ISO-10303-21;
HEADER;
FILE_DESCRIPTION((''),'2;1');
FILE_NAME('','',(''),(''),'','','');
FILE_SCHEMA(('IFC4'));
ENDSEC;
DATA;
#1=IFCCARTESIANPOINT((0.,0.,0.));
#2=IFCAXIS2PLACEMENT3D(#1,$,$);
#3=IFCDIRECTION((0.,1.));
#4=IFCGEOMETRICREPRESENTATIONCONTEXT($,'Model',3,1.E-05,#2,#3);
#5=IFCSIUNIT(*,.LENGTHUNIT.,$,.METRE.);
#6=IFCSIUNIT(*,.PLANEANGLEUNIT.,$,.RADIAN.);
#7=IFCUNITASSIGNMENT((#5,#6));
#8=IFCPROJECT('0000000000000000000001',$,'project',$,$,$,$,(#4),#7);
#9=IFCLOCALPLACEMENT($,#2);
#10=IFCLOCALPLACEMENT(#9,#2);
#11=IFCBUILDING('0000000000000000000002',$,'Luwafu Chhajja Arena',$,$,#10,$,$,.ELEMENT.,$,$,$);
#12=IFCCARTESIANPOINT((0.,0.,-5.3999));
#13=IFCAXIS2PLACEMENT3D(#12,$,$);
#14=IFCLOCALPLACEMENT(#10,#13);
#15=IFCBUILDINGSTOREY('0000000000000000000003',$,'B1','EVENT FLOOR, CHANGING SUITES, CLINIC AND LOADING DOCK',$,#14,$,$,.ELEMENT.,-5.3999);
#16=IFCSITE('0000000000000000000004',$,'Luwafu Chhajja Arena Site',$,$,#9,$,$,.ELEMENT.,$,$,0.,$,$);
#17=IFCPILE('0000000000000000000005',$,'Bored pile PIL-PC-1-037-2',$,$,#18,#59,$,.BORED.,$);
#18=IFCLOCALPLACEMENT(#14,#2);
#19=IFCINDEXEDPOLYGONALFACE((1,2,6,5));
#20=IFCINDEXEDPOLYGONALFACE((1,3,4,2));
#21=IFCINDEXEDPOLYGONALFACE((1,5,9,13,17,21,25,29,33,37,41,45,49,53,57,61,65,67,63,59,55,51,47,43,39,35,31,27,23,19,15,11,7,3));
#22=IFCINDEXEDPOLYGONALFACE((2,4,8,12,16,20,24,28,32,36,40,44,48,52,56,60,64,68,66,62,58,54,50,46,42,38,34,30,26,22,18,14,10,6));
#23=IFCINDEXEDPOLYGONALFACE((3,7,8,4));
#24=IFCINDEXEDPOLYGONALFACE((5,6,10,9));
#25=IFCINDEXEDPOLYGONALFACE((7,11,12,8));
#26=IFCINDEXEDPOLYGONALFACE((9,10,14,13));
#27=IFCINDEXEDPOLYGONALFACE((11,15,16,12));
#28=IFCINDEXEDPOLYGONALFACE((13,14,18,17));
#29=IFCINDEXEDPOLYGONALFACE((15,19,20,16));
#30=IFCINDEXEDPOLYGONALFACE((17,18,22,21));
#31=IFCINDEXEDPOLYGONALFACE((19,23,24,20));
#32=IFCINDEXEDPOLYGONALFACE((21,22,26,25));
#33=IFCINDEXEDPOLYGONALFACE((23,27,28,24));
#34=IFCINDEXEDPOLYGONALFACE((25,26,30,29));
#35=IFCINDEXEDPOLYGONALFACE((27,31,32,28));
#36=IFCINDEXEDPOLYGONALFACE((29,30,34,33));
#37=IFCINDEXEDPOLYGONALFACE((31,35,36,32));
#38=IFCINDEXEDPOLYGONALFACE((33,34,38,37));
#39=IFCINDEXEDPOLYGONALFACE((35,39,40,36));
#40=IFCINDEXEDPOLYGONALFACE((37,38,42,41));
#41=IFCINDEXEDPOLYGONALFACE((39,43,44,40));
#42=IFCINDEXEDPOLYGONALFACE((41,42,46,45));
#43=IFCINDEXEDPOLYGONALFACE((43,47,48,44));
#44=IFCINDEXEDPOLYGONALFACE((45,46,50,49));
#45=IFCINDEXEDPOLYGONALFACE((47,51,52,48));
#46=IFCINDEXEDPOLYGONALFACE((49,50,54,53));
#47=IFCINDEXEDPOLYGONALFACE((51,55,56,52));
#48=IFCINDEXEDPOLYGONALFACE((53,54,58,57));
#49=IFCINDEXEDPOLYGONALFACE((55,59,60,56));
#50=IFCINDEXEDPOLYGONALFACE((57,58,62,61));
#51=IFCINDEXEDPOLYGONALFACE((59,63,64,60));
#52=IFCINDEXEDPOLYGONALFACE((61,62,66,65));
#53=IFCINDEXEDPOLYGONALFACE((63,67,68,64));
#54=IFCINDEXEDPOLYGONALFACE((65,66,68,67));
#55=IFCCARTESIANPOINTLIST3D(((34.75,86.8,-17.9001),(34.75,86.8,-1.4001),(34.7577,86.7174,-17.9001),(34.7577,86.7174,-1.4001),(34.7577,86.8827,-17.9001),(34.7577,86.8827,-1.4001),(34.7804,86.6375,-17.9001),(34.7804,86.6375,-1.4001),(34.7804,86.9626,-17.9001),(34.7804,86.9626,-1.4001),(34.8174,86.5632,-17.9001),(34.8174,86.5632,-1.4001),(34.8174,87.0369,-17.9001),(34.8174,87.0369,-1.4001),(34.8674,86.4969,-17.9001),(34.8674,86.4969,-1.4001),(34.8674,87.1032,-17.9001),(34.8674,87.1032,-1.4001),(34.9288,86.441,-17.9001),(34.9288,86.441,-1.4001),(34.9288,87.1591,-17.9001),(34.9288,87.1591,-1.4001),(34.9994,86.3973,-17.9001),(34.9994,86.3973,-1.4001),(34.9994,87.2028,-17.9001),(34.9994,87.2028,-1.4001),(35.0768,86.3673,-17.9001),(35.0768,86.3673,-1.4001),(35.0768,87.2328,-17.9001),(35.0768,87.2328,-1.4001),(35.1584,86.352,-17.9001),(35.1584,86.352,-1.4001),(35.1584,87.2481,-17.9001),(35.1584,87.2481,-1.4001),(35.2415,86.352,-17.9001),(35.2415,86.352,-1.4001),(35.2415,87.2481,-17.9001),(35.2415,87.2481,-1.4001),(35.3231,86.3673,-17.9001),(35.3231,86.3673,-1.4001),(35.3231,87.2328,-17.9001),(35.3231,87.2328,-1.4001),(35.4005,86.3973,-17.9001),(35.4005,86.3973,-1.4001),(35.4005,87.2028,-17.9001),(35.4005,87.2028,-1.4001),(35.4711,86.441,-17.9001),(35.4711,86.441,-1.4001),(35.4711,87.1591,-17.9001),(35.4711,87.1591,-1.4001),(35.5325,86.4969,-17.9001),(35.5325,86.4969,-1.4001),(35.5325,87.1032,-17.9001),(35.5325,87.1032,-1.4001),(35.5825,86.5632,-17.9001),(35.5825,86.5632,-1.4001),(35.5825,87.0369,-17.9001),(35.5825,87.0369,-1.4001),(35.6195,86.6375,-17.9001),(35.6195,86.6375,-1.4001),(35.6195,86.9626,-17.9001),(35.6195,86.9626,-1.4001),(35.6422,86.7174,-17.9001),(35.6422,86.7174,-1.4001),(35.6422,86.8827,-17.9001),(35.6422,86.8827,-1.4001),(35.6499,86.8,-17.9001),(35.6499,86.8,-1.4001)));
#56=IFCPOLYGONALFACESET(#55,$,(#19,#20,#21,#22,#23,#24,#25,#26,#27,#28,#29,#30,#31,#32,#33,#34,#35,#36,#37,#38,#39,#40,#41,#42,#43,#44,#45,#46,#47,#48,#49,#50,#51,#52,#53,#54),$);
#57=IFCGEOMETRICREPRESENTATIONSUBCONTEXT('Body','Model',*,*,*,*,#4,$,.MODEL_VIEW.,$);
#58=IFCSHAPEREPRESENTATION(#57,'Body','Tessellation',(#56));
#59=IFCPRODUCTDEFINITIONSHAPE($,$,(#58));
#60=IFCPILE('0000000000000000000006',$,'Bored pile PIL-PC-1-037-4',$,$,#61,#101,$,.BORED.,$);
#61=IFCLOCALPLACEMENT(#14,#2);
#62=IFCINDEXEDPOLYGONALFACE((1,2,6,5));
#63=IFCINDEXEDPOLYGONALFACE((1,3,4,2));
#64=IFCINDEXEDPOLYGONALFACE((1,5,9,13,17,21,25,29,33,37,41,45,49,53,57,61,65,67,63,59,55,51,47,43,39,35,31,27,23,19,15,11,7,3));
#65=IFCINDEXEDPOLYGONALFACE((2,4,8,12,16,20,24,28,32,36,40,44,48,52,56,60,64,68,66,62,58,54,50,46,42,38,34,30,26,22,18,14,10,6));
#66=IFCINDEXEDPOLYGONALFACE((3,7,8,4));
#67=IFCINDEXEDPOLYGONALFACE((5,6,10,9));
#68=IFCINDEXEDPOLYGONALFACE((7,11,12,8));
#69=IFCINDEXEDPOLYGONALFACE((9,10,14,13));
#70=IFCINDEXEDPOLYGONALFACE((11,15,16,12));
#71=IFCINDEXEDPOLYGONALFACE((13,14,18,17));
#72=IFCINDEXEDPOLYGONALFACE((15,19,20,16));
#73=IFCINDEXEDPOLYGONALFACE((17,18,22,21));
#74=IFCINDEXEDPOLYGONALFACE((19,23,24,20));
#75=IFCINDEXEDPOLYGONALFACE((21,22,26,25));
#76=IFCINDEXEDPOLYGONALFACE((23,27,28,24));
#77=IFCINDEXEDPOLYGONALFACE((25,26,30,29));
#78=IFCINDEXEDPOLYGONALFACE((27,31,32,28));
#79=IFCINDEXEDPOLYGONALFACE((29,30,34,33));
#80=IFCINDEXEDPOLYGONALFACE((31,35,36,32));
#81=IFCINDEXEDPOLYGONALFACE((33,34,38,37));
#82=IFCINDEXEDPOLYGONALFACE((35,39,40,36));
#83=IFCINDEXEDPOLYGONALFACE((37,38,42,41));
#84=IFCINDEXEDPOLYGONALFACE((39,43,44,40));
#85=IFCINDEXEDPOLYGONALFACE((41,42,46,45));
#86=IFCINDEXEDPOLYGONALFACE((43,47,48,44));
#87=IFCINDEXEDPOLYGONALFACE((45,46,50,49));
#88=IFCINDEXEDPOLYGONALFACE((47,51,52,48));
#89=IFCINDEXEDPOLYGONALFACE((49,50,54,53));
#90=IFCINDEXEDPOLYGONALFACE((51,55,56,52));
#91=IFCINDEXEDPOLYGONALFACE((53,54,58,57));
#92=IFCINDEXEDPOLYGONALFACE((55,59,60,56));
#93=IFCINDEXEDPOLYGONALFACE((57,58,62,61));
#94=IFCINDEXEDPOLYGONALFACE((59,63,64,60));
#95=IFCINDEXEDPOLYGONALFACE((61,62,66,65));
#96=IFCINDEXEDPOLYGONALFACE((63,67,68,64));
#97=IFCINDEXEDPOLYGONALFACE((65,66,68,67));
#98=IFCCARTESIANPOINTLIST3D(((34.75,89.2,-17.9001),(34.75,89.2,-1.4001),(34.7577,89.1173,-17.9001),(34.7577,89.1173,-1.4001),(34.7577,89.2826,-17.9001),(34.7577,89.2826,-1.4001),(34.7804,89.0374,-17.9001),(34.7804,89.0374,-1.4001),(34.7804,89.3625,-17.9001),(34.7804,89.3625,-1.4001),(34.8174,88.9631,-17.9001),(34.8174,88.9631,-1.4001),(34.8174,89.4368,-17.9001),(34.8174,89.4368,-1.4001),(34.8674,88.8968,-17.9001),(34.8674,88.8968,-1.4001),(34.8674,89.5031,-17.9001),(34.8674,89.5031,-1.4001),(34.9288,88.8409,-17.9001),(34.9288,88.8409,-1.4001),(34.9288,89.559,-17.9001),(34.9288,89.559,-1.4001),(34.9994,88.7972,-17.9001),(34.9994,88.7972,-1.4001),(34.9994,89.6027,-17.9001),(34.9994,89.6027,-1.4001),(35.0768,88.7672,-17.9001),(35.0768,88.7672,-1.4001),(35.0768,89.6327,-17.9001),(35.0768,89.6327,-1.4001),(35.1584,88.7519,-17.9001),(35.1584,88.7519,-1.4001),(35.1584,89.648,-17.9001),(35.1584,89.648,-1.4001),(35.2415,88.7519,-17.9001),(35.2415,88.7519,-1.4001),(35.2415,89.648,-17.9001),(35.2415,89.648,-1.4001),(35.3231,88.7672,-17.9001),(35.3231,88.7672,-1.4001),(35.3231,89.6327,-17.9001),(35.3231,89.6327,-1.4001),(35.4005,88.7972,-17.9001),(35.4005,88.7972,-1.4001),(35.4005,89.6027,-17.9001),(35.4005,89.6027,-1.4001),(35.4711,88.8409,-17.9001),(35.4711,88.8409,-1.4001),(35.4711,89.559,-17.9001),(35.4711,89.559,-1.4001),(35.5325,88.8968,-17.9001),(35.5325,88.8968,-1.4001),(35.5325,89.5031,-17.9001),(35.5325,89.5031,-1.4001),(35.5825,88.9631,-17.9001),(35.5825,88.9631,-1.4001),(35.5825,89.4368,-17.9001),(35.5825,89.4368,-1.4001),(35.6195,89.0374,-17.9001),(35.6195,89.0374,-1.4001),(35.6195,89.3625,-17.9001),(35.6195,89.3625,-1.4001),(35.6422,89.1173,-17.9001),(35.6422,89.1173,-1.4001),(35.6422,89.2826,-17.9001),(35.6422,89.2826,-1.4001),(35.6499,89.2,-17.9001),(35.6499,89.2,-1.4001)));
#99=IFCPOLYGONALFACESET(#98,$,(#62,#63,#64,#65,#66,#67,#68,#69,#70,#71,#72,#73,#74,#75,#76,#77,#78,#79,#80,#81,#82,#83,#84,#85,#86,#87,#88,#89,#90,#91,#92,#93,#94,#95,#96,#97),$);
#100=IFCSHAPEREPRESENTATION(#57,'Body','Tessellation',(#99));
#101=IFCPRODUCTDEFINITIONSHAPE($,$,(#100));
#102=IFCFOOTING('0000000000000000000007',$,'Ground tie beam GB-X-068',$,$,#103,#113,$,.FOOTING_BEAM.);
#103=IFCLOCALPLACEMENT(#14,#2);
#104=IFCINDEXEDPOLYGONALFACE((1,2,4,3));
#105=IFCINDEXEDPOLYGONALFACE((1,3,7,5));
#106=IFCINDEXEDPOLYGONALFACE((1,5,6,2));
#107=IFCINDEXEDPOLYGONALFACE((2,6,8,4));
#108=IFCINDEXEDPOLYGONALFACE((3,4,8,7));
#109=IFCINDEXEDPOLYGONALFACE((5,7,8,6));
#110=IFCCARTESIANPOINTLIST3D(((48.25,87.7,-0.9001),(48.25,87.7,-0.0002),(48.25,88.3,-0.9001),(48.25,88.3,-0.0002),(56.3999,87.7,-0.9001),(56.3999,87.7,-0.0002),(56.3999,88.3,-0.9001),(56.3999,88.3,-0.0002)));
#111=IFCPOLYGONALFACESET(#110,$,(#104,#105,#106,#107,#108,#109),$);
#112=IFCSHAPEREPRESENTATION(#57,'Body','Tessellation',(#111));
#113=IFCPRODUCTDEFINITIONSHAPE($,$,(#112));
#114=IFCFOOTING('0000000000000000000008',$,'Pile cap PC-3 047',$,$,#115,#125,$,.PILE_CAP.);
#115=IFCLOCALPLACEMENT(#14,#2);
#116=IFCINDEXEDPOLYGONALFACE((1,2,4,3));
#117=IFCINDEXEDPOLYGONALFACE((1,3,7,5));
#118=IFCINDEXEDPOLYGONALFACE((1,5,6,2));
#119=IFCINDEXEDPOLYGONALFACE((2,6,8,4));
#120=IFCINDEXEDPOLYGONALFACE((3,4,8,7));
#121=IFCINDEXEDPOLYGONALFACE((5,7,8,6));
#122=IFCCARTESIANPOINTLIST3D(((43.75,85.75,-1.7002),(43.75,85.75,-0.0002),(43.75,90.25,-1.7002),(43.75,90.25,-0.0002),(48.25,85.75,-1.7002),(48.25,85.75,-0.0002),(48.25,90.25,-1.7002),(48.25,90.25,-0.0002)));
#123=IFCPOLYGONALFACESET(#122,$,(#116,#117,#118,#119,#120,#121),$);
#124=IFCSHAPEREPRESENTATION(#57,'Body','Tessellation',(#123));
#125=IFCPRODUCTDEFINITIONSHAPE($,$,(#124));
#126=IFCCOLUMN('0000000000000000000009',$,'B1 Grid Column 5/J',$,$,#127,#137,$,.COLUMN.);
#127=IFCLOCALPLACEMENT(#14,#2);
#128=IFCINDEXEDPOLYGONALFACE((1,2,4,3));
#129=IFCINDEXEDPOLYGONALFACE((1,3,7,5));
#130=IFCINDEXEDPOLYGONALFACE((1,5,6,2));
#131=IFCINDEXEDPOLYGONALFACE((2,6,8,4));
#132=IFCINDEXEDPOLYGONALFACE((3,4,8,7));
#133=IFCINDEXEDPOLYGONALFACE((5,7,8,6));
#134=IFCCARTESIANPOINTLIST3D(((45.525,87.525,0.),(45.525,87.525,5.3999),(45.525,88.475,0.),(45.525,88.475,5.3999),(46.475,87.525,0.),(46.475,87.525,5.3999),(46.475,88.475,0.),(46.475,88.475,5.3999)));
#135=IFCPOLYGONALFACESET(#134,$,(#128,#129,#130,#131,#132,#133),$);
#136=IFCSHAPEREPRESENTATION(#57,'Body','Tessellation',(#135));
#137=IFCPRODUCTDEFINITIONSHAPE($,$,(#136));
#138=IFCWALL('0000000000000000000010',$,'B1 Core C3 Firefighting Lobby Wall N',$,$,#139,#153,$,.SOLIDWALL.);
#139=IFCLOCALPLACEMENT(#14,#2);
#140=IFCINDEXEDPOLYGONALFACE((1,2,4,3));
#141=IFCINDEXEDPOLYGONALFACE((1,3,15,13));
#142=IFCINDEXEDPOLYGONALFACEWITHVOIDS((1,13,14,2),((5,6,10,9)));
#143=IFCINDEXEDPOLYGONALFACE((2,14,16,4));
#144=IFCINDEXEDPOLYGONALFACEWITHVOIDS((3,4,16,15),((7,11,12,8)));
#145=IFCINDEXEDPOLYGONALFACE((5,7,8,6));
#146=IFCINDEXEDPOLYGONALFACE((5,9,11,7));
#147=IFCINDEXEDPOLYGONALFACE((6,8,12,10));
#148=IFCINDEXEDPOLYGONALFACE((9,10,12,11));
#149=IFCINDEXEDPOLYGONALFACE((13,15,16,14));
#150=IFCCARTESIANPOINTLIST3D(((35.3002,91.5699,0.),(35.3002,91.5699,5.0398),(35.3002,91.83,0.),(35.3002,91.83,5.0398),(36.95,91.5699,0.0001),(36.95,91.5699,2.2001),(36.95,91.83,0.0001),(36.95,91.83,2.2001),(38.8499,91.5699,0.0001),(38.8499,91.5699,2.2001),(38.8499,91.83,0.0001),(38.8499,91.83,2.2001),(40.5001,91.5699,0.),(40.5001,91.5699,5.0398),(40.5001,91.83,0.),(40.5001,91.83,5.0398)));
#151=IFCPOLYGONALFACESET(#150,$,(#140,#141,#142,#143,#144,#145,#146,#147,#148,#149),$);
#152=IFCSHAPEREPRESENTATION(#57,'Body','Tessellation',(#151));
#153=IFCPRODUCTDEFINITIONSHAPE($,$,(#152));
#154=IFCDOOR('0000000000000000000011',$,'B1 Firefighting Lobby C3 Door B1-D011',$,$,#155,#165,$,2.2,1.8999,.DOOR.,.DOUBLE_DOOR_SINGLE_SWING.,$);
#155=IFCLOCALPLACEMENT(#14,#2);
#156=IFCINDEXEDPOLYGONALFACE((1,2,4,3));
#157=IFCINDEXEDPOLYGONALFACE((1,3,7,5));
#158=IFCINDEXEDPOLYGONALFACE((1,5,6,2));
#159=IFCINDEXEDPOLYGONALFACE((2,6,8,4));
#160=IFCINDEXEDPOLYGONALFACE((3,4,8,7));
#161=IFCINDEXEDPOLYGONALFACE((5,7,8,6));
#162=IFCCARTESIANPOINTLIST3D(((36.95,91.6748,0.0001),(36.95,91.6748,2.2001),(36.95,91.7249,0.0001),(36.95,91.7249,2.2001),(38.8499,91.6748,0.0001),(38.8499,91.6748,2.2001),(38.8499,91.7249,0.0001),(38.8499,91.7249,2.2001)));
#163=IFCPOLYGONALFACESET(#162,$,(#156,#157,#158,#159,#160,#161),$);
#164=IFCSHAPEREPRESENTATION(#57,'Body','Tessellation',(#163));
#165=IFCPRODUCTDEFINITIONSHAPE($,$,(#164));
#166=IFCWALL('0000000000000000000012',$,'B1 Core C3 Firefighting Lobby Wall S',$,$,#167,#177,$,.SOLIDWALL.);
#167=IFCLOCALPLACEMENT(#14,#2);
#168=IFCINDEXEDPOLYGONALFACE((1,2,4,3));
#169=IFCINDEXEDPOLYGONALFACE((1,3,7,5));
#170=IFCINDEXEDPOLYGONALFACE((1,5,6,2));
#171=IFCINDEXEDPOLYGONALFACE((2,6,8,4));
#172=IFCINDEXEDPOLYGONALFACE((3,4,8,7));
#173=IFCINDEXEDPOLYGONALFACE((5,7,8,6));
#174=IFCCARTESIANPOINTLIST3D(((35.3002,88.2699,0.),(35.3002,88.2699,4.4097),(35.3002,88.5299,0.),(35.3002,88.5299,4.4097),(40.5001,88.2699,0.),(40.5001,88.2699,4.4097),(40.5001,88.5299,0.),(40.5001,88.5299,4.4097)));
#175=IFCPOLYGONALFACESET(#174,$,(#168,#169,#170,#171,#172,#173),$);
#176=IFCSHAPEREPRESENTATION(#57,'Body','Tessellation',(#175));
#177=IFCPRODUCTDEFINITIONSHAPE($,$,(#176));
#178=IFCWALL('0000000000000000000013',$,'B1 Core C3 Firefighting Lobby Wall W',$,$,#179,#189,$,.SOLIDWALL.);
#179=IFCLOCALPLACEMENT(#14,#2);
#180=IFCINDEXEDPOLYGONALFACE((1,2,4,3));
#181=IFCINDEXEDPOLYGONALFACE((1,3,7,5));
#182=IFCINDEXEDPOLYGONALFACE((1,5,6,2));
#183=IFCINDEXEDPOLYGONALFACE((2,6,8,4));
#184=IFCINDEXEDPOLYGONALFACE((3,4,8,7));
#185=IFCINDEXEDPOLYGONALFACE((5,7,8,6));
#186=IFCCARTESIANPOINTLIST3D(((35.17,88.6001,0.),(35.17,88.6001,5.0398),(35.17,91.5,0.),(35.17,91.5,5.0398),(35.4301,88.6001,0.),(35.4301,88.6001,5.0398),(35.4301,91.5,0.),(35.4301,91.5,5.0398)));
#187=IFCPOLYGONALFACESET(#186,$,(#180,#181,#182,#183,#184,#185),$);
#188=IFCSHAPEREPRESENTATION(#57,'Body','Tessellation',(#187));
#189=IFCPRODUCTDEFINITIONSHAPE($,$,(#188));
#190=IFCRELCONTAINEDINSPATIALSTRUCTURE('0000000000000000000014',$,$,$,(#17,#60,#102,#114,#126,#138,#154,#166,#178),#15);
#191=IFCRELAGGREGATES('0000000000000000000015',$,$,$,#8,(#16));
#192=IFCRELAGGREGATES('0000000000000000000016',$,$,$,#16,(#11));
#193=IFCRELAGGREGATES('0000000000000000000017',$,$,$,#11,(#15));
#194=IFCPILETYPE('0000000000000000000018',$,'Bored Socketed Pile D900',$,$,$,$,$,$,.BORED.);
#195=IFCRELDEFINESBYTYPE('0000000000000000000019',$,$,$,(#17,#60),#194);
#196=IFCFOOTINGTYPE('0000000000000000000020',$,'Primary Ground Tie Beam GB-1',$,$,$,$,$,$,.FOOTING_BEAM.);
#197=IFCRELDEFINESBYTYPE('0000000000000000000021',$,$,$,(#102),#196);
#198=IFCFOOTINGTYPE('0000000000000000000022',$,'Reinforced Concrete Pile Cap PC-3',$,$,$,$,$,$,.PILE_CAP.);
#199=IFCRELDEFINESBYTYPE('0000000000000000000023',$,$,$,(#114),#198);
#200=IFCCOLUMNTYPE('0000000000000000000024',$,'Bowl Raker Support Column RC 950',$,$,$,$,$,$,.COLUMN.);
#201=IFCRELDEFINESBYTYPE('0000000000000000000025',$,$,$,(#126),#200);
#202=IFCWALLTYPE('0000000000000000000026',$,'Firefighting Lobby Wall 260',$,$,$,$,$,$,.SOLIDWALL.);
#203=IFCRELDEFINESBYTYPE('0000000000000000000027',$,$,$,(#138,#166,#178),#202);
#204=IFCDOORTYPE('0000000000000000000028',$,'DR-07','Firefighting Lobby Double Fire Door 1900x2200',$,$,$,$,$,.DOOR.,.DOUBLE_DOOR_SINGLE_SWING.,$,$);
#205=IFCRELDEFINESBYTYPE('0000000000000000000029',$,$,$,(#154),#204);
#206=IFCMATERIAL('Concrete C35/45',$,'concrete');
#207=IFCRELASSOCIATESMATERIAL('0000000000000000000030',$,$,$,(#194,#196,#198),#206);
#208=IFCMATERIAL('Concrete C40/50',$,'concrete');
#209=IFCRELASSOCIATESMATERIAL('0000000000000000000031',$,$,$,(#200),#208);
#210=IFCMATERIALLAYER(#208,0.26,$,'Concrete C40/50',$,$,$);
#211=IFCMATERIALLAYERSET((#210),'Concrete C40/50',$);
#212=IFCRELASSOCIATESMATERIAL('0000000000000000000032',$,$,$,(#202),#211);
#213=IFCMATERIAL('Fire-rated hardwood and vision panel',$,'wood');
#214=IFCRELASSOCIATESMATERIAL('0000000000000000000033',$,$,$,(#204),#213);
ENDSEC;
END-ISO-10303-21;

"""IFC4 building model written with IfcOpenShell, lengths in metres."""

from ifc_helpers import new_model, si_unit, direction, frame, frame_2d, origin, origin_2d, place, context, subcontext, project, spatial, rectangle, circle, extrude, material, layer, layer_set, material_profile, profile_set, type_object, element, fill, save


model = new_model("IFC4")

# Units and contexts
model_context = context("Model", 3, precision=1e-05, world=origin(), true_north=direction((0.0, 1.0)))
body_context = subcontext(model_context, "Body", "Model", "MODEL_VIEW")
ifc_project = project(units=[si_unit("LENGTHUNIT", "METRE"), si_unit("PLANEANGLEUNIT", "RADIAN")], contexts=[model_context])

# Site, building, storey
site_placement = place(None, origin())
site = spatial("IfcSite", under=ifc_project, at=site_placement, Name="Luwafu Chhajja Arena Site", CompositionType="ELEMENT", RefElevation=0.0)
building_placement = place(site_placement, origin())
building = spatial("IfcBuilding", under=site, at=building_placement, Name="Luwafu Chhajja Arena", CompositionType="ELEMENT")
storey_placement = place(building_placement, frame((0.0, 0.0, -5.3999)))
storey = spatial("IfcBuildingStorey", under=building, at=storey_placement, Name="B1", Description="EVENT FLOOR, CHANGING SUITES, CLINIC AND LOADING DOCK", CompositionType="ELEMENT", Elevation=-5.3999)

# Piles
ifc_material_1 = material(Name="Concrete C35/45", Category="concrete")
ifc_material_profile_1 = material_profile(ifc_material_1, circle(Radius=0.45, at=origin_2d()), Name="PILE D900")
ifc_profile_set_1 = profile_set([ifc_material_profile_1], Name="Concrete C35/45")
pile_type_1 = type_object("IfcPileType", Name="Bored Socketed Pile D900", PredefinedType="BORED", material=ifc_profile_set_1)
for number, where, z_axis, x_axis, name in (
    (1, (35.2, 86.8, -1.4001), (0.0, 0.0, -1.0), (1.0, 0.0, 0.0), "Bored pile PIL-PC-1-037-2"),
    (2, (35.2, 89.2, -1.4001), (0.0, 0.0, -1.0), (1.0, 0.0, 0.0), "Bored pile PIL-PC-1-037-4"),
):
    element("IfcPile", number, at=place(storey_placement, frame(where, z_axis=z_axis, x_axis=x_axis)), inside=storey, type_object=pile_type_1, Name=name, PredefinedType="BORED", context=body_context, shape_type="SweptSolid", body=[
        extrude(circle(Radius=0.45, at=origin_2d()), origin(), (0.0, 0.0, 1.0), 16.5),
    ])

# Footings
ifc_material_profile_2 = material_profile(ifc_material_1, rectangle(XDim=0.6001, YDim=0.8999, at=origin_2d()), Name="RC 600x900")
ifc_profile_set_2 = profile_set([ifc_material_profile_2], Name="Concrete C35/45")
footing_type_1 = type_object("IfcFootingType", Name="Primary Ground Tie Beam GB-1", PredefinedType="FOOTING_BEAM", material=ifc_profile_set_2)
footing_1_placement = place(storey_placement, frame((48.25, 88.0, -0.4502), z_axis=(1.0, 0.0, 0.0), x_axis=(0.0, 1.0, 0.0)))
element("IfcFooting", 3, at=footing_1_placement, inside=storey, type_object=footing_type_1, Name="Ground tie beam GB-X-068", PredefinedType="FOOTING_BEAM", context=body_context, shape_type="SweptSolid", body=[
    extrude(rectangle(XDim=0.6001, YDim=0.8999, at=origin_2d()), origin(), (0.0, 0.0, 1.0), 8.1499),
])
footing_type_2 = type_object("IfcFootingType", Name="Reinforced Concrete Pile Cap PC-3", PredefinedType="PILE_CAP", material=ifc_material_1)
footing_2_placement = place(storey_placement, frame((46.0, 88.0, -1.7002), z_axis=(0.0, 0.0, 1.0), x_axis=(1.0, 0.0, 0.0)))
element("IfcFooting", 4, at=footing_2_placement, inside=storey, type_object=footing_type_2, Name="Pile cap PC-3 047", PredefinedType="PILE_CAP", context=body_context, shape_type="SweptSolid", body=[
    extrude(rectangle(XDim=4.5, YDim=4.5, at=origin_2d()), origin(), (0.0, 0.0, 1.0), 1.7),
])

# Column
ifc_material_2 = material(Name="Concrete C40/50", Category="concrete")
ifc_material_profile_3 = material_profile(ifc_material_2, rectangle(XDim=0.95, YDim=0.95, at=origin_2d()), Name="RC 950x950")
ifc_profile_set_3 = profile_set([ifc_material_profile_3], Name="Concrete C40/50")
column_type = type_object("IfcColumnType", Name="Bowl Raker Support Column RC 950", PredefinedType="COLUMN", material=ifc_profile_set_3)
column_placement = place(storey_placement, frame((46.0, 88.0, 0.0), z_axis=(0.0, 0.0, 1.0), x_axis=(1.0, 0.0, 0.0)))
element("IfcColumn", 5, at=column_placement, inside=storey, type_object=column_type, Name="B1 Grid Column 5/J", PredefinedType="COLUMN", context=body_context, shape_type="SweptSolid", body=[
    extrude(rectangle(XDim=0.95, YDim=0.95, at=origin_2d()), origin(), (0.0, 0.0, 1.0), 5.3999),
])

# Wall, opening, door
ifc_layer_1 = layer(ifc_material_2, 0.26, Name="Concrete C40/50")
ifc_layer_set_1 = layer_set([ifc_layer_1], Name="Concrete C40/50")
wall_type_1 = type_object("IfcWallType", Name="Firefighting Lobby Wall 260", PredefinedType="SOLIDWALL", material=ifc_layer_set_1)
wall_1_placement = place(storey_placement, frame((35.3, 91.7, 0.0), z_axis=(0.0, 0.0, 1.0), x_axis=(1.0, 0.0, 0.0)))
wall_1 = element("IfcWall", 6, at=wall_1_placement, inside=storey, type_object=wall_type_1, Name="B1 Core C3 Firefighting Lobby Wall N", PredefinedType="SOLIDWALL", context=body_context, shape_type="SweptSolid", body=[
    extrude(rectangle(XDim=5.2, YDim=0.26, at=frame_2d((2.6001, 0.0))), origin(), (0.0, 0.0, 1.0), 5.0398),
])
opening_1_placement = place(wall_1_placement, frame((1.6499, 0.0, 0.0)))
opening_1 = element("IfcOpeningElement", 7, at=opening_1_placement, cuts=wall_1, PredefinedType="OPENING", context=body_context, shape_type="SweptSolid", body=[
    extrude(rectangle(XDim=1.8999, YDim=2.2, at=frame_2d((0.95, 1.1001))), frame((0.0, 0.1399, 0.0), z_axis=(0.0, -1.0, 0.0), x_axis=(1.0, 0.0, 0.0)), (0.0, 0.0, 1.0), 0.28),
])
ifc_material_3 = material(Name="Fire-rated hardwood and vision panel", Category="wood")
door_type_1 = type_object("IfcDoorType", Name="DR-07", Description="Firefighting Lobby Double Fire Door 1900x2200", OperationType="DOUBLE_DOOR_SINGLE_SWING", PredefinedType="DOOR", material=ifc_material_3)
door_1_placement = place(opening_1_placement, origin())
door_1 = element("IfcDoor", 8, at=door_1_placement, inside=storey, type_object=door_type_1, Name="B1 Firefighting Lobby C3 Door B1-D011", OperationType="DOUBLE_DOOR_SINGLE_SWING", OverallHeight=2.2, OverallWidth=1.8999, PredefinedType="DOOR", context=body_context, shape_type="SweptSolid", body=[
    extrude(rectangle(XDim=1.8999, YDim=2.2, at=frame_2d((0.95, 1.1001))), frame((0.0, 0.0249, 0.0), z_axis=(0.0, -1.0, 0.0), x_axis=(1.0, 0.0, 0.0)), (0.0, 0.0, 1.0), 0.05),
])
fill(opening_1, door_1)

# Walls
wall_2_placement = place(storey_placement, frame((35.3, 88.3999, 0.0), z_axis=(0.0, 0.0, 1.0), x_axis=(1.0, 0.0, 0.0)))
element("IfcWall", 9, at=wall_2_placement, inside=storey, type_object=wall_type_1, Name="B1 Core C3 Firefighting Lobby Wall S", PredefinedType="SOLIDWALL", context=body_context, shape_type="SweptSolid", body=[
    extrude(rectangle(XDim=5.2, YDim=0.26, at=frame_2d((2.6001, 0.0))), origin(), (0.0, 0.0, 1.0), 4.4097),
])
wall_3_placement = place(storey_placement, frame((35.3, 88.6001, 0.0), z_axis=(0.0, 0.0, 1.0), x_axis=(0.0, 1.0, 0.0)))
element("IfcWall", 10, at=wall_3_placement, inside=storey, type_object=wall_type_1, Name="B1 Core C3 Firefighting Lobby Wall W", PredefinedType="SOLIDWALL", context=body_context, shape_type="SweptSolid", body=[
    extrude(rectangle(XDim=2.8999, YDim=0.26, at=frame_2d((1.45, 0.0))), origin(), (0.0, 0.0, 1.0), 5.0398),
])

save(model, "model.ifc")
